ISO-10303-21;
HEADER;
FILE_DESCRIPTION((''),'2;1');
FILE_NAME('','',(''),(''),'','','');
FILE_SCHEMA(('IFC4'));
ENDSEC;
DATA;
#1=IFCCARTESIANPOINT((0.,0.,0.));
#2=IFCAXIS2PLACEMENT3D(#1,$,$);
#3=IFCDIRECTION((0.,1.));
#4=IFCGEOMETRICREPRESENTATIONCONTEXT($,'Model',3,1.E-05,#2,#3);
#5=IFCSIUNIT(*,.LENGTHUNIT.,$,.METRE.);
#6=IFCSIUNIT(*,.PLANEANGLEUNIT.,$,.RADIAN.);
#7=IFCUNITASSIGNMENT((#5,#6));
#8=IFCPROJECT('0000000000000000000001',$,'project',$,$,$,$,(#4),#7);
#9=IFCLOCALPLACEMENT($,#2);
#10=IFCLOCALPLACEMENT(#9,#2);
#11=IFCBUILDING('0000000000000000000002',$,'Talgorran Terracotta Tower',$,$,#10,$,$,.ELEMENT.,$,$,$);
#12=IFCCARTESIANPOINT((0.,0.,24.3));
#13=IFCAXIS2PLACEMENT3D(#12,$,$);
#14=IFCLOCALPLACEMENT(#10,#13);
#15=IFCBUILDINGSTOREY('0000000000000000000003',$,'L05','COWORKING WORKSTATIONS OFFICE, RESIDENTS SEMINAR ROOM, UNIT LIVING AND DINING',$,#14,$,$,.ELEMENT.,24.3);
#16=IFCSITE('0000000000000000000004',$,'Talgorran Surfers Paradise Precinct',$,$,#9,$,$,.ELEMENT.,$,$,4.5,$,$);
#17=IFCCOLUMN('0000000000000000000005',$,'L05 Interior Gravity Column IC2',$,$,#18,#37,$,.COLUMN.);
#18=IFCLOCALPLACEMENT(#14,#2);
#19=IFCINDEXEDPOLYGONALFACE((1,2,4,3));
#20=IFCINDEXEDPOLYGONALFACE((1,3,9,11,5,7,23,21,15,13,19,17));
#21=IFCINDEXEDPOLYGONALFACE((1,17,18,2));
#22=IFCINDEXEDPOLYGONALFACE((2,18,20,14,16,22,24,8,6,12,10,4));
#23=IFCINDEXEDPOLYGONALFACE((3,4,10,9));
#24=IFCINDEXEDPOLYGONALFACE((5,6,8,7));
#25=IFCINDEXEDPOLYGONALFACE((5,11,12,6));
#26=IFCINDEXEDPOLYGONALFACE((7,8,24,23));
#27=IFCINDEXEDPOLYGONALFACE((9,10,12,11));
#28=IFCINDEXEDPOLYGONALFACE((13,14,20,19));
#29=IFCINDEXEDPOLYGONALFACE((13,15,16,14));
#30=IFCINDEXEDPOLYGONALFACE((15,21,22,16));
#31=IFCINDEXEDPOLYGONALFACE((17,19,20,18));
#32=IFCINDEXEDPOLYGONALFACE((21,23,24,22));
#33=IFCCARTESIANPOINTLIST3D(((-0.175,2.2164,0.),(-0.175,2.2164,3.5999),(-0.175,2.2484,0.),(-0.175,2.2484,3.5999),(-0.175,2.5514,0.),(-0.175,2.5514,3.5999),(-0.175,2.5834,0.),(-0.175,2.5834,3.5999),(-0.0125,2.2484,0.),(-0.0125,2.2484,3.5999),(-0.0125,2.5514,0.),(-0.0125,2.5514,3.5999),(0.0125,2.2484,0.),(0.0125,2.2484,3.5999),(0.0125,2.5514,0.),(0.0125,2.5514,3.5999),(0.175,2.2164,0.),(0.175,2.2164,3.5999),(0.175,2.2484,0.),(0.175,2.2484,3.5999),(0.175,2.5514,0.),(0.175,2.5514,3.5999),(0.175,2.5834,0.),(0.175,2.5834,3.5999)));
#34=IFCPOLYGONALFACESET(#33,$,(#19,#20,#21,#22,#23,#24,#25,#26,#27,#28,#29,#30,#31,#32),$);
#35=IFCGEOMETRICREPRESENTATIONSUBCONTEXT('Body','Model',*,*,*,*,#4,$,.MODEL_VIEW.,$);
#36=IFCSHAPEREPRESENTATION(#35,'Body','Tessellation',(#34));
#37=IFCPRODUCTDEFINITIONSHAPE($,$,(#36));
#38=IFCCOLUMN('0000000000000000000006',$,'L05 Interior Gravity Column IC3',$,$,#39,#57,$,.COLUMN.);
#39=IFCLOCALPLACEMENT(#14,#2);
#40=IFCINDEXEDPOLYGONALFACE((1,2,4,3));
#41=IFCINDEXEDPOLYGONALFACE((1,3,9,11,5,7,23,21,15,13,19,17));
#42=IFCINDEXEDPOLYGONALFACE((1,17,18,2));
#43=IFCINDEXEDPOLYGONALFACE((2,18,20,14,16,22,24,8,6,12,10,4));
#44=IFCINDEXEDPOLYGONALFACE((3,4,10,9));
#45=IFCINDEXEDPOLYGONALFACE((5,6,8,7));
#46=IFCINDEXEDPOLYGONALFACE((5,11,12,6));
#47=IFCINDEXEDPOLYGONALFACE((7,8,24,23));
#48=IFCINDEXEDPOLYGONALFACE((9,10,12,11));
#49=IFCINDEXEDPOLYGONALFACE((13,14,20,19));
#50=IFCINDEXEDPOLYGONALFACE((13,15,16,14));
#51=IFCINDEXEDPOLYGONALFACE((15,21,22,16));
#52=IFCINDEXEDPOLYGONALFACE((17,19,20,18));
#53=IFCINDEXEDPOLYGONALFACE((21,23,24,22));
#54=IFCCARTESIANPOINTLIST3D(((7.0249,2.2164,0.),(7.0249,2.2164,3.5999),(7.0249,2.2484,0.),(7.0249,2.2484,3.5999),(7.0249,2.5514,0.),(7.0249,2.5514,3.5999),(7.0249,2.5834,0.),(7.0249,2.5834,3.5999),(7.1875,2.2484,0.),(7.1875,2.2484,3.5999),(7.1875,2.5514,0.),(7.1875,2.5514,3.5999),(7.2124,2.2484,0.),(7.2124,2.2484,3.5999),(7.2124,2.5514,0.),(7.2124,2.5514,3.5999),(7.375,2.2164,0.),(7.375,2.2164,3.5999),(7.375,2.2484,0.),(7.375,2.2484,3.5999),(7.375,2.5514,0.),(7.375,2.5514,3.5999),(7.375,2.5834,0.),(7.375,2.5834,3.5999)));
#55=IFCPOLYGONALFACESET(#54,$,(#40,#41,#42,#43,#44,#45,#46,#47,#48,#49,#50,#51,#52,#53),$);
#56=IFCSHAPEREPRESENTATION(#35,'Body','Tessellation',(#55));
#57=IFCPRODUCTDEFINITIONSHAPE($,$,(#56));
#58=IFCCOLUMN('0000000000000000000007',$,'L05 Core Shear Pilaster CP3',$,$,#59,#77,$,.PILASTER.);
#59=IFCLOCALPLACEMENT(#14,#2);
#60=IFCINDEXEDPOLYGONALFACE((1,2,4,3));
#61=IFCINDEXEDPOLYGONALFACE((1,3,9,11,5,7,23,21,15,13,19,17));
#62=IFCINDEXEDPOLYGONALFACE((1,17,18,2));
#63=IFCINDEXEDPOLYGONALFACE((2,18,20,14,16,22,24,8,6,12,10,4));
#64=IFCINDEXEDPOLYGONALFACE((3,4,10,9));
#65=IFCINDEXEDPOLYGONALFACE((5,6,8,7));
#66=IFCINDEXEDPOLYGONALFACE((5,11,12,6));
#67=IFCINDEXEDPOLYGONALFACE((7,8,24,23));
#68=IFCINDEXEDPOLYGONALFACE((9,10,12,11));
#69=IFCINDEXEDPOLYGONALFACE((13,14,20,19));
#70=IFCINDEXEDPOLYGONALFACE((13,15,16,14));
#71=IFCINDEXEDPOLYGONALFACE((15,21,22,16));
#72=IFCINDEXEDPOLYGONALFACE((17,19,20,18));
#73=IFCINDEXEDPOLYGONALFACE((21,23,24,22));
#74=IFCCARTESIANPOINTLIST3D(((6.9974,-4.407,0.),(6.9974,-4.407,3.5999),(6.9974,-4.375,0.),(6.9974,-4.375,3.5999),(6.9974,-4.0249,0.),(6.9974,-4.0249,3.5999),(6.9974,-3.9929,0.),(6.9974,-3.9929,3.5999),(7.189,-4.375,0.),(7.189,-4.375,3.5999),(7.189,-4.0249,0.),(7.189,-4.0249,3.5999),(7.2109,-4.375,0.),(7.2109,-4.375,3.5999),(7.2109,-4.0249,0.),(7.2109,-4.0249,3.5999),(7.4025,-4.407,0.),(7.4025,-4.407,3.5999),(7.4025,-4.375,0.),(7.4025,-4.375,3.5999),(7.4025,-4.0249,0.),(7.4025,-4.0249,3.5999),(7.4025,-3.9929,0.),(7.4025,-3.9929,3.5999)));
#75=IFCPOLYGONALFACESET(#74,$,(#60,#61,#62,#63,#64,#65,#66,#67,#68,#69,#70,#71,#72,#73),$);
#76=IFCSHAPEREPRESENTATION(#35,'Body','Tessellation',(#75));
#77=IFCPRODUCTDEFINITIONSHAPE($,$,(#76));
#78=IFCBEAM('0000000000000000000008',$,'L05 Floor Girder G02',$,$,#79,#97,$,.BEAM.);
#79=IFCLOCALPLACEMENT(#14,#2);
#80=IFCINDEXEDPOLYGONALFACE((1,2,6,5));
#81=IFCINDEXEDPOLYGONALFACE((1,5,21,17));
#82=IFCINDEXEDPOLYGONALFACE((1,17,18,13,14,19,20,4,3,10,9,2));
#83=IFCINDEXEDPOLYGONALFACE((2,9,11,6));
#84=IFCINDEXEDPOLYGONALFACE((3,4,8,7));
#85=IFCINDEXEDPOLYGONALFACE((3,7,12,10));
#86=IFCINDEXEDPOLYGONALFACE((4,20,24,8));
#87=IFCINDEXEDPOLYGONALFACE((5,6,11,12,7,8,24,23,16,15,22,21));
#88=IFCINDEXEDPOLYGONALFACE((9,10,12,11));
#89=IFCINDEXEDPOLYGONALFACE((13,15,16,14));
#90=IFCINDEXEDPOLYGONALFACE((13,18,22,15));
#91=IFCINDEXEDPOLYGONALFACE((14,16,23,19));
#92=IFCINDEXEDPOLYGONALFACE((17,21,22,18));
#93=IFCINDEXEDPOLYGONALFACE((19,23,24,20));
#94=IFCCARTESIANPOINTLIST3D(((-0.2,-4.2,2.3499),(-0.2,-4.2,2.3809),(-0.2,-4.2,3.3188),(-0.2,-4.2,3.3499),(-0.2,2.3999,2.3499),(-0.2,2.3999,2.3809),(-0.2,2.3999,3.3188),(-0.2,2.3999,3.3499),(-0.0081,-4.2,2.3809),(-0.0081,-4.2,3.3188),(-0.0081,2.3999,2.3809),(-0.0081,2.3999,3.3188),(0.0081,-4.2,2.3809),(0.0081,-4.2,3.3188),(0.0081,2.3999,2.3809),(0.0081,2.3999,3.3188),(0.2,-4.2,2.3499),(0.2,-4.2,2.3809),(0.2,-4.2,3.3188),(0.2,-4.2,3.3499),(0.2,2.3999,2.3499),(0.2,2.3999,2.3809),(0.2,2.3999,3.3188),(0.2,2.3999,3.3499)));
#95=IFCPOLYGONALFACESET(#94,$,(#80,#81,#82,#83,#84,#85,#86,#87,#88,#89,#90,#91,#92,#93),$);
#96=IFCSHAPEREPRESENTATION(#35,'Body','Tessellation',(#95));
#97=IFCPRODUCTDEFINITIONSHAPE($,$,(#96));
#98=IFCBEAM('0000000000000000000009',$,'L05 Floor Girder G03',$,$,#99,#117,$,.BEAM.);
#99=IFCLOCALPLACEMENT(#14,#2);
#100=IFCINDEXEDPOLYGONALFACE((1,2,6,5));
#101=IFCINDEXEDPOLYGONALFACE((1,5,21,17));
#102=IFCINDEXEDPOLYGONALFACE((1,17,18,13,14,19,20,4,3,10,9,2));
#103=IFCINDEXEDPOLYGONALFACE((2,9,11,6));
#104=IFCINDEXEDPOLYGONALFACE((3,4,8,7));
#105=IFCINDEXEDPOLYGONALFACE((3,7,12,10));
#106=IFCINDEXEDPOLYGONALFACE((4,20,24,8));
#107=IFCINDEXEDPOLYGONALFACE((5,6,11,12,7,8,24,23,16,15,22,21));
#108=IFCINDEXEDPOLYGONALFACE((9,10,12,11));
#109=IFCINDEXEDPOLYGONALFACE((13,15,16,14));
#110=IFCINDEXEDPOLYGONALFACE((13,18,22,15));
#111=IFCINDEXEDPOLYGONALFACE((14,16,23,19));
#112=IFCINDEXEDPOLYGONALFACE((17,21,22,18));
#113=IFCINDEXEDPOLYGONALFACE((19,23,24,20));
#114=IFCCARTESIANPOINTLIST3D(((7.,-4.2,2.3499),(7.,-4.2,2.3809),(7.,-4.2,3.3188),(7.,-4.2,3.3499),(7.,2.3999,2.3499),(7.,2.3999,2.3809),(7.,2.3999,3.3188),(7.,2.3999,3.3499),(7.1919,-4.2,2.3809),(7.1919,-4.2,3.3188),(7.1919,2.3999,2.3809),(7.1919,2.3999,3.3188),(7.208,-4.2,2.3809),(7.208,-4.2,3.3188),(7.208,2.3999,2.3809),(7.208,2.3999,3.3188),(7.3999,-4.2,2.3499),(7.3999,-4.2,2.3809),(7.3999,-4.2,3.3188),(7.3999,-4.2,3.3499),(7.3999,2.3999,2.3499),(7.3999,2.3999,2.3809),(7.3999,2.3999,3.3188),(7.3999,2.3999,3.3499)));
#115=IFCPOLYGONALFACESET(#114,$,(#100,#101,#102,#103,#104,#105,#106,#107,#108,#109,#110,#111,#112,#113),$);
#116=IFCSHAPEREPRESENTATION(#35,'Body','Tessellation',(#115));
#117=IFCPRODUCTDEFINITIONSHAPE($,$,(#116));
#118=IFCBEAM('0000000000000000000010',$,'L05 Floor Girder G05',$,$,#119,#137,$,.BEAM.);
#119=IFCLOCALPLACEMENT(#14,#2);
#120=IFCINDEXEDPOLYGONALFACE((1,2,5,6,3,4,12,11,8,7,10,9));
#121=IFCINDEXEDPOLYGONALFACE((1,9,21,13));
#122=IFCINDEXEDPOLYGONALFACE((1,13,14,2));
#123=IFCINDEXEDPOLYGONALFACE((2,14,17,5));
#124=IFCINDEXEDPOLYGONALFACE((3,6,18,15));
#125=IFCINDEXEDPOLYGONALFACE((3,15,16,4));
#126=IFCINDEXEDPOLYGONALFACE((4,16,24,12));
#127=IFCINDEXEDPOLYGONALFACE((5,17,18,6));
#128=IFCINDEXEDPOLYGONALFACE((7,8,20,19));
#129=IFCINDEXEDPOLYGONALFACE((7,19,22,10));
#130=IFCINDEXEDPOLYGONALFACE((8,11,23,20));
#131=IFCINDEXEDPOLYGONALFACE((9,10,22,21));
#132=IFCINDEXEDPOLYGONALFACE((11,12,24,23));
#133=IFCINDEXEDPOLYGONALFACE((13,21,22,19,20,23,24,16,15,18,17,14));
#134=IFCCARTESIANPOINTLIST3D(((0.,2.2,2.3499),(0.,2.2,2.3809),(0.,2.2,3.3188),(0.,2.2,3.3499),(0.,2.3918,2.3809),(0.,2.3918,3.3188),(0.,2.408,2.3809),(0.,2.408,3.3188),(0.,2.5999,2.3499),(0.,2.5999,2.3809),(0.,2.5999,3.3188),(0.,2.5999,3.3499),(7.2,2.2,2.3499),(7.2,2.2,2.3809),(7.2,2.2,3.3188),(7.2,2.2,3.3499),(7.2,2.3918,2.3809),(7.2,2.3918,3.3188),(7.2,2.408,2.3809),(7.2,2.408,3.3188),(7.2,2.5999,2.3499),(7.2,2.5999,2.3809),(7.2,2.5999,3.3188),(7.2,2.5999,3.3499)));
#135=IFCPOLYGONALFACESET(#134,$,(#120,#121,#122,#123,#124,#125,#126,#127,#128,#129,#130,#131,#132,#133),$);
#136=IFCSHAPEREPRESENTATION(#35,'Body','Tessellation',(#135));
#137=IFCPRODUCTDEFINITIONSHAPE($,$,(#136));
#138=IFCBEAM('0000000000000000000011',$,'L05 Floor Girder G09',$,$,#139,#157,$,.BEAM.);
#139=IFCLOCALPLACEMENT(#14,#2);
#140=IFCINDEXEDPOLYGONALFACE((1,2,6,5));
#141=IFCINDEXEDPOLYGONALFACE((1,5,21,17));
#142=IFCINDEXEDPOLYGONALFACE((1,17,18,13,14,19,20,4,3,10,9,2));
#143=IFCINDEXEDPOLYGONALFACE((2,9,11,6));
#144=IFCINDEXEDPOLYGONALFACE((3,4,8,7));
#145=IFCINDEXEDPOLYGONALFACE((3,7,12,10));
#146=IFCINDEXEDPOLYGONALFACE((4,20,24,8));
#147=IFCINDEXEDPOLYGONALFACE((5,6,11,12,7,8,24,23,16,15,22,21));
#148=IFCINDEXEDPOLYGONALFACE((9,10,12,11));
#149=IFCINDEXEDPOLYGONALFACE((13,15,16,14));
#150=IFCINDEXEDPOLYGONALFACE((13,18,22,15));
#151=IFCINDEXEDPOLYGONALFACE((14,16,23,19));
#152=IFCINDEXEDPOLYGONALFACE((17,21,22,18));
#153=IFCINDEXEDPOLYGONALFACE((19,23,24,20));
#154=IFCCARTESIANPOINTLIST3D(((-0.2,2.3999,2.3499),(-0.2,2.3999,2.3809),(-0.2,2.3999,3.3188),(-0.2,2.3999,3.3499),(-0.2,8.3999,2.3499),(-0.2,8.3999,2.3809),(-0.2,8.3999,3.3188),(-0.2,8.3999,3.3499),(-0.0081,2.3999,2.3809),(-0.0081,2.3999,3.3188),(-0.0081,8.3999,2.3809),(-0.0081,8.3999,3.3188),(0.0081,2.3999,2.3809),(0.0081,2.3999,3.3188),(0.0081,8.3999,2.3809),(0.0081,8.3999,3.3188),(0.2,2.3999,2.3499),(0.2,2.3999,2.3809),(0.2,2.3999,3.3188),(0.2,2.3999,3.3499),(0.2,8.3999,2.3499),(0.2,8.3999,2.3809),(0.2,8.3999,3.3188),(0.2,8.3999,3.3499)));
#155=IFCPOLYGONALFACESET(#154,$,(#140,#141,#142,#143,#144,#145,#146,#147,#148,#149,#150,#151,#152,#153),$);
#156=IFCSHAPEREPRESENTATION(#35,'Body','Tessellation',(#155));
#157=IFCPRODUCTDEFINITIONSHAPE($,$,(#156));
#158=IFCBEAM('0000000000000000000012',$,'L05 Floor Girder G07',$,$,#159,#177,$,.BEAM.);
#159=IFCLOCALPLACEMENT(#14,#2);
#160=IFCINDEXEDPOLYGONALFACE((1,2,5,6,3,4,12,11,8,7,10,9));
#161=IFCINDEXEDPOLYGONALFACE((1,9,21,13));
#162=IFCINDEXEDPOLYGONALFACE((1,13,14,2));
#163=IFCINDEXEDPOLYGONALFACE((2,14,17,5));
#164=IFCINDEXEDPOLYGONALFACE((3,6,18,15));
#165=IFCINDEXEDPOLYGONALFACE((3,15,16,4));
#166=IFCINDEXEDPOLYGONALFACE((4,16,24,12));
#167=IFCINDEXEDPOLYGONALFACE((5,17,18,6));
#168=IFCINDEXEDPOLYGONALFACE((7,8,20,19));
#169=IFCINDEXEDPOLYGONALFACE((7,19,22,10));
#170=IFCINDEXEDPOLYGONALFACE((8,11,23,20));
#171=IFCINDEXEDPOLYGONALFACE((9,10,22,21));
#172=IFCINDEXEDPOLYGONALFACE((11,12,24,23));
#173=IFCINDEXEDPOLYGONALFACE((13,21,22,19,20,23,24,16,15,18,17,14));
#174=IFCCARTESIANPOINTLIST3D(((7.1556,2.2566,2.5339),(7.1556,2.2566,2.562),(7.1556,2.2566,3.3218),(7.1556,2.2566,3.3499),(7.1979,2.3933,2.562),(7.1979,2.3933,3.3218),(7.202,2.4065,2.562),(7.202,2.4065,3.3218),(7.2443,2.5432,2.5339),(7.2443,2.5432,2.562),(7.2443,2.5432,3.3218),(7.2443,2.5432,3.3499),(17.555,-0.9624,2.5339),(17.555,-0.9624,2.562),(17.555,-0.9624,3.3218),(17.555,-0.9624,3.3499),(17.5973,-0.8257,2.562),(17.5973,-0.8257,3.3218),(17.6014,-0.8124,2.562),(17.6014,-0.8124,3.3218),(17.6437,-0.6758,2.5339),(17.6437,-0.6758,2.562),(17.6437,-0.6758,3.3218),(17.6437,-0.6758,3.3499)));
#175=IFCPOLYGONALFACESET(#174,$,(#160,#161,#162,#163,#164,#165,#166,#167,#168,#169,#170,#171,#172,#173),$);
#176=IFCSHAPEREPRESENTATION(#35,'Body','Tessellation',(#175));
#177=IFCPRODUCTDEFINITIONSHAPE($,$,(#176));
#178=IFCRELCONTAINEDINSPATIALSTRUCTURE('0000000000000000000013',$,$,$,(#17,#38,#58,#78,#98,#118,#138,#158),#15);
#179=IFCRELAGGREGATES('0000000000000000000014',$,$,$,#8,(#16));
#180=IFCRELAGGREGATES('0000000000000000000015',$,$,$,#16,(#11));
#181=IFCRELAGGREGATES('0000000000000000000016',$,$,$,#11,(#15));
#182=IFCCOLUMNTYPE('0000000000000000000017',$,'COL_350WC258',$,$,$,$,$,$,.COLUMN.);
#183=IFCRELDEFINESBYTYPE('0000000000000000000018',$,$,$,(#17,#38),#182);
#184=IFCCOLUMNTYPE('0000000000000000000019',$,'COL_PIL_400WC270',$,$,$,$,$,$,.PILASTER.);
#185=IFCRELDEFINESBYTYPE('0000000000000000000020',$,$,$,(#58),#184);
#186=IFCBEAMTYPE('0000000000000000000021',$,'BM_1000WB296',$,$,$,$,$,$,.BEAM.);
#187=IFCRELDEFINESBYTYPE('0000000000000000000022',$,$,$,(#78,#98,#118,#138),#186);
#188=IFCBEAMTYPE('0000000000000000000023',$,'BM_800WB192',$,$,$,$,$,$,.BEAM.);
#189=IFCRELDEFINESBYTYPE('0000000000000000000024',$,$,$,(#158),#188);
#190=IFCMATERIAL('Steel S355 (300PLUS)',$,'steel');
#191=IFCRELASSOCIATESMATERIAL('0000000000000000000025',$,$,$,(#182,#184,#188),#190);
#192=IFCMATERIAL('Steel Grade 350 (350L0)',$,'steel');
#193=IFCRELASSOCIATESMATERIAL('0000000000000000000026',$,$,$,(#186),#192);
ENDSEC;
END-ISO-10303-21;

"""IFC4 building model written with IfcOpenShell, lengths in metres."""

from ifc_helpers import new_model, si_unit, direction, frame, origin, origin_2d, place, context, subcontext, project, spatial, i_section, extrude, material, material_profile, profile_set, type_object, element, save


model = new_model("IFC4")

# Units and contexts
model_context = context("Model", 3, precision=1e-05, world=origin(), true_north=direction((0.0, 1.0)))
body_context = subcontext(model_context, "Body", "Model", "MODEL_VIEW")
ifc_project = project(units=[si_unit("LENGTHUNIT", "METRE"), si_unit("PLANEANGLEUNIT", "RADIAN")], contexts=[model_context])

# Site, building, storey
site_placement = place(None, origin())
site = spatial("IfcSite", under=ifc_project, at=site_placement, Name="Talgorran Surfers Paradise Precinct", CompositionType="ELEMENT", RefElevation=4.5)
building_placement = place(site_placement, origin())
building = spatial("IfcBuilding", under=site, at=building_placement, Name="Talgorran Terracotta Tower", CompositionType="ELEMENT")
storey_placement = place(building_placement, frame((0.0, 0.0, 24.3)))
storey = spatial("IfcBuildingStorey", under=building, at=storey_placement, Name="L05", Description="COWORKING WORKSTATIONS OFFICE, RESIDENTS SEMINAR ROOM, UNIT LIVING AND DINING", CompositionType="ELEMENT", Elevation=24.3)

# Columns
ifc_material_1 = material(Name="Steel S355 (300PLUS)", Category="steel")
ifc_material_profile_1 = material_profile(ifc_material_1, i_section(OverallWidth=0.3501, OverallDepth=0.3669, WebThickness=0.0249, FlangeThickness=0.032, at=origin_2d()), Name="350WC258")
ifc_profile_set_1 = profile_set([ifc_material_profile_1], Name="Steel S355 (300PLUS)")
column_type_1 = type_object("IfcColumnType", Name="COL_350WC258", PredefinedType="COLUMN", material=ifc_profile_set_1)
for number, where, z_axis, x_axis, name in (
    (1, (0.0, 2.3999, 0.0), (0.0, 0.0, 1.0), (1.0, 0.0, 0.0), "L05 Interior Gravity Column IC2"),
    (2, (7.2, 2.3999, 0.0), (0.0, 0.0, 1.0), (1.0, 0.0, 0.0), "L05 Interior Gravity Column IC3"),
):
    element("IfcColumn", number, at=place(storey_placement, frame(where, z_axis=z_axis, x_axis=x_axis)), inside=storey, type_object=column_type_1, Name=name, PredefinedType="COLUMN", context=body_context, shape_type="SweptSolid", body=[
        extrude(i_section(OverallWidth=0.3501, OverallDepth=0.3669, WebThickness=0.0249, FlangeThickness=0.032, at=origin_2d()), origin(), (0.0, 0.0, 1.0), 3.5999),
    ])
ifc_material_profile_2 = material_profile(ifc_material_1, i_section(OverallWidth=0.405, OverallDepth=0.4141, WebThickness=0.022, FlangeThickness=0.032, at=origin_2d()), Name="400WC270")
ifc_profile_set_2 = profile_set([ifc_material_profile_2], Name="Steel S355 (300PLUS)")
column_type_2 = type_object("IfcColumnType", Name="COL_PIL_400WC270", PredefinedType="PILASTER", material=ifc_profile_set_2)
column_placement = place(storey_placement, frame((7.2, -4.2, 0.0), z_axis=(0.0, 0.0, 1.0), x_axis=(1.0, 0.0, 0.0)))
element("IfcColumn", 3, at=column_placement, inside=storey, type_object=column_type_2, Name="L05 Core Shear Pilaster CP3", PredefinedType="PILASTER", context=body_context, shape_type="SweptSolid", body=[
    extrude(i_section(OverallWidth=0.405, OverallDepth=0.4141, WebThickness=0.022, FlangeThickness=0.032, at=origin_2d()), origin(), (0.0, 0.0, 1.0), 3.5999),
])

# Beams
ifc_material_2 = material(Name="Steel Grade 350 (350L0)", Category="steel")
ifc_material_profile_3 = material_profile(ifc_material_2, i_section(OverallWidth=0.3999, OverallDepth=1.0, WebThickness=0.0161, FlangeThickness=0.031, at=origin_2d()), Name="1000WB296")
ifc_profile_set_3 = profile_set([ifc_material_profile_3], Name="Steel Grade 350 (350L0)")
beam_type_1 = type_object("IfcBeamType", Name="BM_1000WB296", PredefinedType="BEAM", material=ifc_profile_set_3)
for number, where, z_axis, x_axis, name in (
    (4, (0.0, -4.2, 2.8499), (0.0, 1.0, 0.0), (-1.0, 0.0, 0.0), "L05 Floor Girder G02"),
    (5, (7.2, -4.2, 2.8499), (0.0, 1.0, 0.0), (-1.0, 0.0, 0.0), "L05 Floor Girder G03"),
):
    element("IfcBeam", number, at=place(storey_placement, frame(where, z_axis=z_axis, x_axis=x_axis)), inside=storey, type_object=beam_type_1, Name=name, PredefinedType="BEAM", context=body_context, shape_type="SweptSolid", body=[
        extrude(i_section(OverallWidth=0.3999, OverallDepth=1.0, WebThickness=0.0161, FlangeThickness=0.031, at=origin_2d()), origin(), (0.0, 0.0, 1.0), 6.5999),
    ])
beam_1_placement = place(storey_placement, frame((0.0, 2.3999, 2.8499), z_axis=(1.0, 0.0, 0.0), x_axis=(0.0, 1.0, 0.0)))
element("IfcBeam", 6, at=beam_1_placement, inside=storey, type_object=beam_type_1, Name="L05 Floor Girder G05", PredefinedType="BEAM", context=body_context, shape_type="SweptSolid", body=[
    extrude(i_section(OverallWidth=0.3999, OverallDepth=1.0, WebThickness=0.0161, FlangeThickness=0.031, at=origin_2d()), origin(), (0.0, 0.0, 1.0), 7.2),
])
beam_2_placement = place(storey_placement, frame((0.0, 2.3999, 2.8499), z_axis=(0.0, 1.0, 0.0), x_axis=(-1.0, 0.0, 0.0)))
element("IfcBeam", 7, at=beam_2_placement, inside=storey, type_object=beam_type_1, Name="L05 Floor Girder G09", PredefinedType="BEAM", context=body_context, shape_type="SweptSolid", body=[
    extrude(i_section(OverallWidth=0.3999, OverallDepth=1.0, WebThickness=0.0161, FlangeThickness=0.031, at=origin_2d()), origin(), (0.0, 0.0, 1.0), 6.0),
])
ifc_material_profile_4 = material_profile(ifc_material_1, i_section(OverallWidth=0.3, OverallDepth=0.8159, WebThickness=0.0139, FlangeThickness=0.0281, at=origin_2d()), Name="800WB192")
ifc_profile_set_4 = profile_set([ifc_material_profile_4], Name="Steel S355 (300PLUS)")
beam_type_2 = type_object("IfcBeamType", Name="BM_800WB192", PredefinedType="BEAM", material=ifc_profile_set_4)
beam_3_placement = place(storey_placement, frame((7.2, 2.3999, 2.9419), z_axis=(0.955283, -0.295694, 0.0), x_axis=(0.295694, 0.955283, 0.0)))
element("IfcBeam", 8, at=beam_3_placement, inside=storey, type_object=beam_type_2, Name="L05 Floor Girder G07", PredefinedType="BEAM", context=body_context, shape_type="SweptSolid", body=[
    extrude(i_section(OverallWidth=0.3, OverallDepth=0.8159, WebThickness=0.0139, FlangeThickness=0.0281, at=origin_2d()), origin(), (0.0, 0.0, 1.0), 10.8862),
])

save(model, "model.ifc")
